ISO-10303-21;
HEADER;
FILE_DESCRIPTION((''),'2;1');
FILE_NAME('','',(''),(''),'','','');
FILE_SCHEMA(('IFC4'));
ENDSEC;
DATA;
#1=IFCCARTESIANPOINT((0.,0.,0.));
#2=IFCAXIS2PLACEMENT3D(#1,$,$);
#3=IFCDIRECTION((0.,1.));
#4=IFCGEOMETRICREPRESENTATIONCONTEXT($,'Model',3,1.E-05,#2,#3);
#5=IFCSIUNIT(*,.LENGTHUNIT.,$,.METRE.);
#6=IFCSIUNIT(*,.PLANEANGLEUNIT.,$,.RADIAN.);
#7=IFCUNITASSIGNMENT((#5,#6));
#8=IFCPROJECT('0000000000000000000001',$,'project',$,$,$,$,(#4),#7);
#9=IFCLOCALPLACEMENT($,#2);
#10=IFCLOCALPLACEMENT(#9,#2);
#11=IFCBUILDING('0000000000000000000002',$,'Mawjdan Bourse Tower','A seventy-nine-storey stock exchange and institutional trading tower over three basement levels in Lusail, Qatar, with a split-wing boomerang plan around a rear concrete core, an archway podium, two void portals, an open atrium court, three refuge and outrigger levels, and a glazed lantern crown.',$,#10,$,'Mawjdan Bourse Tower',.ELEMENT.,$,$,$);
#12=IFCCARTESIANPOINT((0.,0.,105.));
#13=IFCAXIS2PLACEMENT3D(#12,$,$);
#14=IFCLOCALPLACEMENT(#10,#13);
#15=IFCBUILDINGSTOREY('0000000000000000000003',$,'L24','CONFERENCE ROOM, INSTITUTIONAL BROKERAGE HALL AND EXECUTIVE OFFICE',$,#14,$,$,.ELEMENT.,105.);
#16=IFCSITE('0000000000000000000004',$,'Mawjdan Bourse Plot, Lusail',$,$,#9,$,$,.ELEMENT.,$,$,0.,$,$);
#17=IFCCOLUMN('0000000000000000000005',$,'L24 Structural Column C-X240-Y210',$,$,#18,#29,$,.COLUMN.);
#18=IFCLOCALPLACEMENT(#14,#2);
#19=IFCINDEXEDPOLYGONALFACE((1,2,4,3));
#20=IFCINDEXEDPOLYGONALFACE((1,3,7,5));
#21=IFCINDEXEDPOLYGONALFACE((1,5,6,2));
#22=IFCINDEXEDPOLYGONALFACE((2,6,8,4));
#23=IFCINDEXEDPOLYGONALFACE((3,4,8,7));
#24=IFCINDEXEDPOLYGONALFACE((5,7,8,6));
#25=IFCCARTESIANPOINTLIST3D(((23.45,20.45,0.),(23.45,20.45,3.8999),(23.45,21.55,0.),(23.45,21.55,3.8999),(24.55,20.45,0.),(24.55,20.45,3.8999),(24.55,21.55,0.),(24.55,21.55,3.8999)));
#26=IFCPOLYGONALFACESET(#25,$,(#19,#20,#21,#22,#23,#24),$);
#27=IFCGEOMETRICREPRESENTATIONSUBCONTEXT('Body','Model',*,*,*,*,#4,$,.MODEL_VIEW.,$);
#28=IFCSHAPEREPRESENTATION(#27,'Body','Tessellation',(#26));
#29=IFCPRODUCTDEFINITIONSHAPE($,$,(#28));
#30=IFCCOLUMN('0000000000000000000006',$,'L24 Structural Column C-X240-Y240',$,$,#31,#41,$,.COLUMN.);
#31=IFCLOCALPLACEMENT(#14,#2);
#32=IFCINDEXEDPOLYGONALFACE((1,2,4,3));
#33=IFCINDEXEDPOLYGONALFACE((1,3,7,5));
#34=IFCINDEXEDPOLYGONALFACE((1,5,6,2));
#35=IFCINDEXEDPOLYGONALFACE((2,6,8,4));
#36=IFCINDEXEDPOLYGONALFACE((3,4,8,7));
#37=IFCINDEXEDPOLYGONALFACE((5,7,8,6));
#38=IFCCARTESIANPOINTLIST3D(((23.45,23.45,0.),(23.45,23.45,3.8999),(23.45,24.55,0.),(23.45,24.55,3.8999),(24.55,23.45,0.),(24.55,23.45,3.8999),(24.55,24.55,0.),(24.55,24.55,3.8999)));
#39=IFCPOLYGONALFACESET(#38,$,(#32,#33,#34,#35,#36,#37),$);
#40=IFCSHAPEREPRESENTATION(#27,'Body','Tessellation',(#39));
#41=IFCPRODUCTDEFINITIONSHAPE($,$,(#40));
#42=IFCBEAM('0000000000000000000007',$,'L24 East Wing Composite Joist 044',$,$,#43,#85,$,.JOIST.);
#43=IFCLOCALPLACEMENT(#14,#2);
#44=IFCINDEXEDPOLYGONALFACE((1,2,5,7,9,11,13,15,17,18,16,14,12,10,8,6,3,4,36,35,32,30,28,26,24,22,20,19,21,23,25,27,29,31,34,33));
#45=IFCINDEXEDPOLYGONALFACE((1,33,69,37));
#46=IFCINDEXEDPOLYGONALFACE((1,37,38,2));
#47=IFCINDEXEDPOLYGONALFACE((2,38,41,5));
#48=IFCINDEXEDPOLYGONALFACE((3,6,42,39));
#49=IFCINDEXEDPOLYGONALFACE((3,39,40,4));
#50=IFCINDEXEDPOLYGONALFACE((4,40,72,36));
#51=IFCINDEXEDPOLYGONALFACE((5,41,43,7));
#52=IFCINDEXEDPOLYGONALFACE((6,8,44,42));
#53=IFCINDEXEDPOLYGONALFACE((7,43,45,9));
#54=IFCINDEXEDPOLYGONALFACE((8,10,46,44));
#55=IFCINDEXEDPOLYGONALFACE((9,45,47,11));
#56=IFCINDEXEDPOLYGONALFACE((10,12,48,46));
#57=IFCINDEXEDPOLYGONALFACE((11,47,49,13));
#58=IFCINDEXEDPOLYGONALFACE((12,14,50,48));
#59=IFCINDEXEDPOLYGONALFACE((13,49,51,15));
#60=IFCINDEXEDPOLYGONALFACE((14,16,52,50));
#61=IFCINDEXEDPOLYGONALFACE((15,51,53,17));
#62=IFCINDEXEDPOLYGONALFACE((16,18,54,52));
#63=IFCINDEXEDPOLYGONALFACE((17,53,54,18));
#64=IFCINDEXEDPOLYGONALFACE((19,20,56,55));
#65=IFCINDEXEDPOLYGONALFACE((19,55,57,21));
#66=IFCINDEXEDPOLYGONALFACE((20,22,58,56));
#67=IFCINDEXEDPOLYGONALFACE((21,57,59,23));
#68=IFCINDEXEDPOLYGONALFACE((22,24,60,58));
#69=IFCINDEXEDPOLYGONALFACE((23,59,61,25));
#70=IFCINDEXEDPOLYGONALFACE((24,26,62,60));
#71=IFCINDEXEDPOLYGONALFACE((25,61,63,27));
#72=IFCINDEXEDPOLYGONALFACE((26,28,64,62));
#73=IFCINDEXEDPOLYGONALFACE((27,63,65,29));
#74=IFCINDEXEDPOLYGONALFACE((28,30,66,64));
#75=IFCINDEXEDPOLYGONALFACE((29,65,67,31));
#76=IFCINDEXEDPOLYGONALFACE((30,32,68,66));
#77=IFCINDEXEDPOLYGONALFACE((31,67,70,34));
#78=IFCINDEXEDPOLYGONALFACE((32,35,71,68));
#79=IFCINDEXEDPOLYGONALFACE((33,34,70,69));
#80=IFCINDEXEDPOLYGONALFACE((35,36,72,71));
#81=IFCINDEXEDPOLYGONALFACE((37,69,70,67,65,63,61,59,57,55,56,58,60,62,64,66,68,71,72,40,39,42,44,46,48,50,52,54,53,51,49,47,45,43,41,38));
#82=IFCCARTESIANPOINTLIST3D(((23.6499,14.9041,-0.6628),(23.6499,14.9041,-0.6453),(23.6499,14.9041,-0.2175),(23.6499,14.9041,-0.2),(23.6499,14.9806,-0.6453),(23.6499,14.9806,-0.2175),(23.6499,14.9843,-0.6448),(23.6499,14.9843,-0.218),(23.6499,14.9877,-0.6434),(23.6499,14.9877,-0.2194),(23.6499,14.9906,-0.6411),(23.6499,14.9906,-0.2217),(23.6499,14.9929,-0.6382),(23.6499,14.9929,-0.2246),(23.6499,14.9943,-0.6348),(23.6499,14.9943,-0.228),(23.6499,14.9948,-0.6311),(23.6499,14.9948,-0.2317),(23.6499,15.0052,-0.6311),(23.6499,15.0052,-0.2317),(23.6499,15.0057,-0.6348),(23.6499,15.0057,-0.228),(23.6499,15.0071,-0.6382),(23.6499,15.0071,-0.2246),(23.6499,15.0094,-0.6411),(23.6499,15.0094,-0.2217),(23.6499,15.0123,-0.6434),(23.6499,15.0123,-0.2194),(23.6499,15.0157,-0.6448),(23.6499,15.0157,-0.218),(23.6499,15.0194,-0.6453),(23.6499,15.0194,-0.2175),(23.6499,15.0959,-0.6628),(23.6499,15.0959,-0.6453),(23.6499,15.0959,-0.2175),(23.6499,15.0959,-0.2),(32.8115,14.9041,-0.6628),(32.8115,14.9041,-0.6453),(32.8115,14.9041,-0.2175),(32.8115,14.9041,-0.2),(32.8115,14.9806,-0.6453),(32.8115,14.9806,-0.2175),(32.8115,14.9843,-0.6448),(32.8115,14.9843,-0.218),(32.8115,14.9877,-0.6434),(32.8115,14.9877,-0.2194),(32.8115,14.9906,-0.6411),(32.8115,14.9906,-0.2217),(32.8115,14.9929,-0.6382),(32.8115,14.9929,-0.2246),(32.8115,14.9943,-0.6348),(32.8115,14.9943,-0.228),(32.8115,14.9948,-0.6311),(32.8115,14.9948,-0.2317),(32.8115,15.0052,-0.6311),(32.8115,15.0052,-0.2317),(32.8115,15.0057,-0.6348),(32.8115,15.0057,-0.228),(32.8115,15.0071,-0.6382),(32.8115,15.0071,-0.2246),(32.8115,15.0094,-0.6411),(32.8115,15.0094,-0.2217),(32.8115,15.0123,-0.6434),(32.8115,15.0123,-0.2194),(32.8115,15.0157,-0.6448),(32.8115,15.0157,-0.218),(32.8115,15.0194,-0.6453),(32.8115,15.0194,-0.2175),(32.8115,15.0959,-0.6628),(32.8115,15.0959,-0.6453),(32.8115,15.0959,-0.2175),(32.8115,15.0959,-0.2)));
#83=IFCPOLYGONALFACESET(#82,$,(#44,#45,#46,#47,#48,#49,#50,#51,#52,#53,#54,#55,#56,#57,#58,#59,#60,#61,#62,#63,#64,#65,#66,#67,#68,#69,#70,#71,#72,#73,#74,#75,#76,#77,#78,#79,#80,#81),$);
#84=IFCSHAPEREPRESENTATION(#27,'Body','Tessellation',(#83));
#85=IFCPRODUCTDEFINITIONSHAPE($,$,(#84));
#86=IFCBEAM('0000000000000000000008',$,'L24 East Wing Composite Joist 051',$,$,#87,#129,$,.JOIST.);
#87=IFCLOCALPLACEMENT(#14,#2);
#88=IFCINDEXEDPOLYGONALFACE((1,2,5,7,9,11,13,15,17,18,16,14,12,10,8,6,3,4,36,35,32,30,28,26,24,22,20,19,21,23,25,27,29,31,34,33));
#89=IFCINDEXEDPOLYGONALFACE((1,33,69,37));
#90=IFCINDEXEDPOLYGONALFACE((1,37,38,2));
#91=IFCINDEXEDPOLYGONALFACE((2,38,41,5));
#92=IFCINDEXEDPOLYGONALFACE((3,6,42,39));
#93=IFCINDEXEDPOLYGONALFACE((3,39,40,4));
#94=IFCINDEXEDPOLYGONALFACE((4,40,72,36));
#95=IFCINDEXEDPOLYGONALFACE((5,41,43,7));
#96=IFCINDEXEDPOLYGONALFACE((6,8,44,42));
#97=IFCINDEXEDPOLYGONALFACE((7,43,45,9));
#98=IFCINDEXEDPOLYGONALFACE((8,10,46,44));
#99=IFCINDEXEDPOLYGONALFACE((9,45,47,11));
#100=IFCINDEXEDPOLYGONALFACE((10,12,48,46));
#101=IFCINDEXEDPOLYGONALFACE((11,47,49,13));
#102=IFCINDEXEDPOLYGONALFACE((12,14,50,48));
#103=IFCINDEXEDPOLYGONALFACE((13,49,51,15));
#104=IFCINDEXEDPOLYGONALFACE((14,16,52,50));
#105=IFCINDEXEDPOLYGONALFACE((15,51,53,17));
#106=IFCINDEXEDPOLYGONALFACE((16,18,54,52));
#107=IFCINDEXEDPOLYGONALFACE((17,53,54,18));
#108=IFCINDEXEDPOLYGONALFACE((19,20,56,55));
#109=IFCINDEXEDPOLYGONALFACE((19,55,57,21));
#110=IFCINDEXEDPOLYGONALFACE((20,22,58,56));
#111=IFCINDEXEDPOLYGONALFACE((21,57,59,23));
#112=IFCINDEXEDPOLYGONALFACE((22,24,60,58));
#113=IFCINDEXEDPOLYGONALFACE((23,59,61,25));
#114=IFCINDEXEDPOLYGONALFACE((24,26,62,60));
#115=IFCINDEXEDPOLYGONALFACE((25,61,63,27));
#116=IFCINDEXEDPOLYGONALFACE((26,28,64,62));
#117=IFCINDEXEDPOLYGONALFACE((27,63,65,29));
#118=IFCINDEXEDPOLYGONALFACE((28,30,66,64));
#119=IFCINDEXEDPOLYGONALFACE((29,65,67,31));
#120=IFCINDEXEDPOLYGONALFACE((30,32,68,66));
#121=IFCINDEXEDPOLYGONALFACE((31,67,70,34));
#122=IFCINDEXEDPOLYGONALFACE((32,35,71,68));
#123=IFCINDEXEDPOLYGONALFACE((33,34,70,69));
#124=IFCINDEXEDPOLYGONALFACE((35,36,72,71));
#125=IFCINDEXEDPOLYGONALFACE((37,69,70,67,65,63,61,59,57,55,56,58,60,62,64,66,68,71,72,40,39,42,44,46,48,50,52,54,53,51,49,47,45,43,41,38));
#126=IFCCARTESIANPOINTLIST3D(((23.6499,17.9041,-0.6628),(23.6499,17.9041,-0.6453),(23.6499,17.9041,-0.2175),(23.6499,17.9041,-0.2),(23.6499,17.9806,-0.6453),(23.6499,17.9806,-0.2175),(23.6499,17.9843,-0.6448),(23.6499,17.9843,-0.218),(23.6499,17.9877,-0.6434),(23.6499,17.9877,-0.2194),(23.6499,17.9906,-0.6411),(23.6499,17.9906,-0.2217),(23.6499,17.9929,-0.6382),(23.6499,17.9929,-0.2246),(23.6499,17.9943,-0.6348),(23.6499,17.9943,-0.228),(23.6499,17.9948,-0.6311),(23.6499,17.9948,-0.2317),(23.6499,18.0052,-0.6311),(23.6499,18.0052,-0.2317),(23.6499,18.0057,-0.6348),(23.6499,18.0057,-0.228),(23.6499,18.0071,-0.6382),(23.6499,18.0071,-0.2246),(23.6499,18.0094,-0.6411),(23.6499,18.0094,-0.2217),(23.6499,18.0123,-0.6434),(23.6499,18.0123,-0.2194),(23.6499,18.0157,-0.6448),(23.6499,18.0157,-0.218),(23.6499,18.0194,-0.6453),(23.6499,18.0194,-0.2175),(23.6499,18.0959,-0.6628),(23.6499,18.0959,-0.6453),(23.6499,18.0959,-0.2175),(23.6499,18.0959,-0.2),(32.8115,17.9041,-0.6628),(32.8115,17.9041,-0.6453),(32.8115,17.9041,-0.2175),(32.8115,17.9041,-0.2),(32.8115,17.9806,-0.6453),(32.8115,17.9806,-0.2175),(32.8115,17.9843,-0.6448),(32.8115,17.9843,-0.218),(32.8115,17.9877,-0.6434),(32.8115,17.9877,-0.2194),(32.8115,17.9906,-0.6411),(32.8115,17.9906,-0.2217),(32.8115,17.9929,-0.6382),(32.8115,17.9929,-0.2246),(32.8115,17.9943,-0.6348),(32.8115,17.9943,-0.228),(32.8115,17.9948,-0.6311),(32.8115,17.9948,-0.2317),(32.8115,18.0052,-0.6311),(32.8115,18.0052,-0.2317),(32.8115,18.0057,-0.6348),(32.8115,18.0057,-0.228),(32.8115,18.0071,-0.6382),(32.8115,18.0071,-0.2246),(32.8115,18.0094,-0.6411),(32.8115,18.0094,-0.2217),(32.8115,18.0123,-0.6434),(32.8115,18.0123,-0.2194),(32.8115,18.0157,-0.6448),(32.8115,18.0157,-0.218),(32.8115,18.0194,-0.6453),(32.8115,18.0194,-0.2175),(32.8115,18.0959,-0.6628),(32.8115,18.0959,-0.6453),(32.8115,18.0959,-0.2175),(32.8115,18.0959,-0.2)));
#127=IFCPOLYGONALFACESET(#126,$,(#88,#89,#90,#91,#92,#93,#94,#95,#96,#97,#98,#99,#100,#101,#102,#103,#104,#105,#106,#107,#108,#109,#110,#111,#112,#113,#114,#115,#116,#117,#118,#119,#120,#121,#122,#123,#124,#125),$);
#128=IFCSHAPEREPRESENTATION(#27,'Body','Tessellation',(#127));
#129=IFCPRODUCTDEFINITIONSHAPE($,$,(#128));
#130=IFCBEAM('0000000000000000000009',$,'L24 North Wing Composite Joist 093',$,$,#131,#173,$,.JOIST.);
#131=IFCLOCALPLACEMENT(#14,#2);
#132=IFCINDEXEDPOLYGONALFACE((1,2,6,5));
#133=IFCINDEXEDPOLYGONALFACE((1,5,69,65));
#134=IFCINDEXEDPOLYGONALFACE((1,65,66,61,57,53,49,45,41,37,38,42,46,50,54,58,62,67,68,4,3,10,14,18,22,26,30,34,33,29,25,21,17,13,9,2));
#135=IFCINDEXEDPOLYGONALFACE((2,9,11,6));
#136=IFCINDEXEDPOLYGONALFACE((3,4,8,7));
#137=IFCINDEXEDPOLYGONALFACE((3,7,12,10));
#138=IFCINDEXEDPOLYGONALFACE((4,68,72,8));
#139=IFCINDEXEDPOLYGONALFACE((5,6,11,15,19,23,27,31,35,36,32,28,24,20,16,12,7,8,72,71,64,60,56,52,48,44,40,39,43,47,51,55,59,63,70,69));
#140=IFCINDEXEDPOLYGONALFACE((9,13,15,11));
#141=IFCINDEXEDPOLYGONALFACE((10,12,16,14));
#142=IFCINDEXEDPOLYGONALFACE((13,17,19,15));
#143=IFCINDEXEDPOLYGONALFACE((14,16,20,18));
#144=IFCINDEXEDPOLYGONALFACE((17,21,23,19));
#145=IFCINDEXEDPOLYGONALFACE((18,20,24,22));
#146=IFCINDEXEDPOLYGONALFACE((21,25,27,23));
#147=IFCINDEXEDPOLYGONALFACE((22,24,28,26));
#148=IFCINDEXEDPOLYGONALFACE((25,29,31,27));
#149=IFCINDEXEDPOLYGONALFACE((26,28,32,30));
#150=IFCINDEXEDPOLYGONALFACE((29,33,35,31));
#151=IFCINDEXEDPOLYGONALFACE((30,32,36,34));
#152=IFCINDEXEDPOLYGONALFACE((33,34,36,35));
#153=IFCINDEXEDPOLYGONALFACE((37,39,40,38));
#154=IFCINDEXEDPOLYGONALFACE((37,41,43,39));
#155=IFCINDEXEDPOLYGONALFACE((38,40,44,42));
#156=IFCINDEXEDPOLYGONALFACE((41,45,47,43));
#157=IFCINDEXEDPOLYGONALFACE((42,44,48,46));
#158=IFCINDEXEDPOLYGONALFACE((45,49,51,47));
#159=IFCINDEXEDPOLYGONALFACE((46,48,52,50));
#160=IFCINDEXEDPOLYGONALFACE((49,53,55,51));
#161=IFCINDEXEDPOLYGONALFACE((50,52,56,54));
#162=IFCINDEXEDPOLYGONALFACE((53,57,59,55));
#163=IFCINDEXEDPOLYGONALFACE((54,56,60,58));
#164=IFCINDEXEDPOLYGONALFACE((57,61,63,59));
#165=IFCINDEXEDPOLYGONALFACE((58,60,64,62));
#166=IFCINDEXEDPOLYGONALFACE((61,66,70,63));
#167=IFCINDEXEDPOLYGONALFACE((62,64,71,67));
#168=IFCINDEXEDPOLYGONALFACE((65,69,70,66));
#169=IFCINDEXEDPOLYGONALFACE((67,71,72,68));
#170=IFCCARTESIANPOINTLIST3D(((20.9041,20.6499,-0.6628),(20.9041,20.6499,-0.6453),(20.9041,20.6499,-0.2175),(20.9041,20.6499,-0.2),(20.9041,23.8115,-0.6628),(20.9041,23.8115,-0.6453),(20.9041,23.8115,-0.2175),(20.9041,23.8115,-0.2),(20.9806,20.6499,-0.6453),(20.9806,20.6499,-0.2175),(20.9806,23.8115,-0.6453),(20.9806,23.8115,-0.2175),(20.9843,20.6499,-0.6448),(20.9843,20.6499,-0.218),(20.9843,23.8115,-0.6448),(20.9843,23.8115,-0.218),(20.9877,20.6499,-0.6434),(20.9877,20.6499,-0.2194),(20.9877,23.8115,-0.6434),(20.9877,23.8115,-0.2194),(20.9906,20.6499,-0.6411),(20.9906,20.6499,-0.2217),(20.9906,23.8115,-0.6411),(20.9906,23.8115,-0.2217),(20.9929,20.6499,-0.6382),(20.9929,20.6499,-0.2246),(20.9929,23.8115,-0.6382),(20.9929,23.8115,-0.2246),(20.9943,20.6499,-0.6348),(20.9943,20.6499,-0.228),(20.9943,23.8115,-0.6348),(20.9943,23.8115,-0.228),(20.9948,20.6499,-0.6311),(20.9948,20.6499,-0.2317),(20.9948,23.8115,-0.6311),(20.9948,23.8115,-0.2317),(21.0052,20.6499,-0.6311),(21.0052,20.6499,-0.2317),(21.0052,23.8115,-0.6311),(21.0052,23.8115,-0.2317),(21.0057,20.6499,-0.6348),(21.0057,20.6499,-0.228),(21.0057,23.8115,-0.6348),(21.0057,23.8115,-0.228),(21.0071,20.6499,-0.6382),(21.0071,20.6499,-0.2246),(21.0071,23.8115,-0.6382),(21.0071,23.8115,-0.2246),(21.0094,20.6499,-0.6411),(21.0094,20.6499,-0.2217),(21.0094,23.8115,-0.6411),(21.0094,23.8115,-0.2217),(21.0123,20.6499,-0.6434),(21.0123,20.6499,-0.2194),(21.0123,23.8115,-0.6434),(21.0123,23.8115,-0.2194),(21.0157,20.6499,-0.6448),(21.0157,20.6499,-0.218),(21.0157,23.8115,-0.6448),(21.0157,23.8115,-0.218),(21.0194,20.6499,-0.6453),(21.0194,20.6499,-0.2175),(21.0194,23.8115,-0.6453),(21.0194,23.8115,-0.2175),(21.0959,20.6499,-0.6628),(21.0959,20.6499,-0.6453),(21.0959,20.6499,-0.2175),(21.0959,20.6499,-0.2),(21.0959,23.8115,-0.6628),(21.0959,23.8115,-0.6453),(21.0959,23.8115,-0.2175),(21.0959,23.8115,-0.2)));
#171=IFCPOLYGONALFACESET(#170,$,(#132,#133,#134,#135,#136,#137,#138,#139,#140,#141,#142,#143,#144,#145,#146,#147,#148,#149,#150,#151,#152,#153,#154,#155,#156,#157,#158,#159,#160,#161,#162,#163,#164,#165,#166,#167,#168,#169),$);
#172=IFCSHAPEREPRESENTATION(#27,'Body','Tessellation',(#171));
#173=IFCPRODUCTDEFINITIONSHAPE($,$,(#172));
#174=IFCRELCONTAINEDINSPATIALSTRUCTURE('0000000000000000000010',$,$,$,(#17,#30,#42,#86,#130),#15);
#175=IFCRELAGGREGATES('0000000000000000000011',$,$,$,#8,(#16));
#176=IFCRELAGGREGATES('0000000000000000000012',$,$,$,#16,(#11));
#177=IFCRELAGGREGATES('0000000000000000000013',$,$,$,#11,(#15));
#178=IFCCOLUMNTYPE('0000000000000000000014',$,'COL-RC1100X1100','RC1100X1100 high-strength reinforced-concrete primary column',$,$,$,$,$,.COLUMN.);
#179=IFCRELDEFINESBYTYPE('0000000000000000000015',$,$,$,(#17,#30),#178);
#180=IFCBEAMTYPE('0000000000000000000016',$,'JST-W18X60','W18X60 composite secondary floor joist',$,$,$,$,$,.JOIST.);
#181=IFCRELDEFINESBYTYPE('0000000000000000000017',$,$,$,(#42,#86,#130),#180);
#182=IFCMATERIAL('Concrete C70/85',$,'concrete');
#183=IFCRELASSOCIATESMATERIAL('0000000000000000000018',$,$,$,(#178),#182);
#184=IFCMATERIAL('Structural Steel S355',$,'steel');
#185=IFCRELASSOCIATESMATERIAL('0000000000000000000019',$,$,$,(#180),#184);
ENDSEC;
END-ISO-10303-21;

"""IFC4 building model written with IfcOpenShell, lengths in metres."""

from ifc_helpers import new_model, si_unit, direction, frame, origin, origin_2d, place, context, subcontext, project, spatial, rectangle, i_section, extrude, material, material_profile, profile_set, type_object, element, save


model = new_model("IFC4")

# Units and contexts
model_context = context("Model", 3, precision=1e-05, world=origin(), true_north=direction((0.0, 1.0)))
body_context = subcontext(model_context, "Body", "Model", "MODEL_VIEW")
ifc_project = project(units=[si_unit("LENGTHUNIT", "METRE"), si_unit("PLANEANGLEUNIT", "RADIAN")], contexts=[model_context])

# Site, building, storey
site_placement = place(None, origin())
site = spatial("IfcSite", under=ifc_project, at=site_placement, Name="Mawjdan Bourse Plot, Lusail", CompositionType="ELEMENT", RefElevation=0.0)
building_placement = place(site_placement, origin())
building = spatial("IfcBuilding", under=site, at=building_placement, Name="Mawjdan Bourse Tower", Description="A seventy-nine-storey stock exchange and institutional trading tower over three basement levels in Lusail, Qatar, with a split-wing boomerang plan around a rear concrete core, an archway podium, two void portals, an open atrium court, three refuge and outrigger levels, and a glazed lantern crown.", LongName="Mawjdan Bourse Tower", CompositionType="ELEMENT")
storey_placement = place(building_placement, frame((0.0, 0.0, 105.0)))
storey = spatial("IfcBuildingStorey", under=building, at=storey_placement, Name="L24", Description="CONFERENCE ROOM, INSTITUTIONAL BROKERAGE HALL AND EXECUTIVE OFFICE", CompositionType="ELEMENT", Elevation=105.0)

# Columns
ifc_material_1 = material(Name="Concrete C70/85", Category="concrete")
ifc_material_profile_1 = material_profile(ifc_material_1, rectangle(XDim=1.1001, YDim=1.1001, at=origin_2d()), Name="RC1100X1100")
ifc_profile_set_1 = profile_set([ifc_material_profile_1], Name="Concrete C70/85")
column_type = type_object("IfcColumnType", Name="COL-RC1100X1100", Description="RC1100X1100 high-strength reinforced-concrete primary column", PredefinedType="COLUMN", material=ifc_profile_set_1)
for number, where, z_axis, x_axis, name in (
    (1, (24.0, 21.0, 0.0), (0.0, 0.0, 1.0), (1.0, 0.0, 0.0), "L24 Structural Column C-X240-Y210"),
    (2, (24.0, 24.0, 0.0), (0.0, 0.0, 1.0), (1.0, 0.0, 0.0), "L24 Structural Column C-X240-Y240"),
):
    element("IfcColumn", number, at=place(storey_placement, frame(where, z_axis=z_axis, x_axis=x_axis)), inside=storey, type_object=column_type, Name=name, PredefinedType="COLUMN", context=body_context, shape_type="SweptSolid", body=[
        extrude(rectangle(XDim=1.1001, YDim=1.1001, at=origin_2d()), origin(), (0.0, 0.0, 1.0), 3.8999),
    ])

# Beams
ifc_material_2 = material(Name="Structural Steel S355", Category="steel")
ifc_material_profile_2 = material_profile(ifc_material_2, i_section(OverallWidth=0.1919, OverallDepth=0.4629, WebThickness=0.0105, FlangeThickness=0.0176, FilletRadius=0.0142, at=origin_2d()), Name="W18X60")
ifc_profile_set_2 = profile_set([ifc_material_profile_2], Name="Structural Steel S355")
beam_type_1 = type_object("IfcBeamType", Name="JST-W18X60", Description="W18X60 composite secondary floor joist", PredefinedType="JOIST", material=ifc_profile_set_2)
for number, where, z_axis, x_axis, name in (
    (3, (23.6499, 15.0, -0.4314), (1.0, 0.0, 0.0), (0.0, 1.0, 0.0), "L24 East Wing Composite Joist 044"),
    (4, (23.6499, 18.0, -0.4314), (1.0, 0.0, 0.0), (0.0, 1.0, 0.0), "L24 East Wing Composite Joist 051"),
):
    element("IfcBeam", number, at=place(storey_placement, frame(where, z_axis=z_axis, x_axis=x_axis)), inside=storey, type_object=beam_type_1, Name=name, PredefinedType="JOIST", context=body_context, shape_type="SweptSolid", body=[
        extrude(i_section(OverallWidth=0.1919, OverallDepth=0.4629, WebThickness=0.0105, FlangeThickness=0.0176, FilletRadius=0.0142, at=origin_2d()), origin(), (0.0, 0.0, 1.0), 9.1616),
    ])
beam_1_placement = place(storey_placement, frame((21.0, 20.6499, -0.4314), z_axis=(0.0, 1.0, 0.0), x_axis=(-1.0, 0.0, 0.0)))
element("IfcBeam", 5, at=beam_1_placement, inside=storey, type_object=beam_type_1, Name="L24 North Wing Composite Joist 093", PredefinedType="JOIST", context=body_context, shape_type="SweptSolid", body=[
    extrude(i_section(OverallWidth=0.1919, OverallDepth=0.4629, WebThickness=0.0105, FlangeThickness=0.0176, FilletRadius=0.0142, at=origin_2d()), origin(), (0.0, 0.0, 1.0), 3.1616),
])

save(model, "model.ifc")
